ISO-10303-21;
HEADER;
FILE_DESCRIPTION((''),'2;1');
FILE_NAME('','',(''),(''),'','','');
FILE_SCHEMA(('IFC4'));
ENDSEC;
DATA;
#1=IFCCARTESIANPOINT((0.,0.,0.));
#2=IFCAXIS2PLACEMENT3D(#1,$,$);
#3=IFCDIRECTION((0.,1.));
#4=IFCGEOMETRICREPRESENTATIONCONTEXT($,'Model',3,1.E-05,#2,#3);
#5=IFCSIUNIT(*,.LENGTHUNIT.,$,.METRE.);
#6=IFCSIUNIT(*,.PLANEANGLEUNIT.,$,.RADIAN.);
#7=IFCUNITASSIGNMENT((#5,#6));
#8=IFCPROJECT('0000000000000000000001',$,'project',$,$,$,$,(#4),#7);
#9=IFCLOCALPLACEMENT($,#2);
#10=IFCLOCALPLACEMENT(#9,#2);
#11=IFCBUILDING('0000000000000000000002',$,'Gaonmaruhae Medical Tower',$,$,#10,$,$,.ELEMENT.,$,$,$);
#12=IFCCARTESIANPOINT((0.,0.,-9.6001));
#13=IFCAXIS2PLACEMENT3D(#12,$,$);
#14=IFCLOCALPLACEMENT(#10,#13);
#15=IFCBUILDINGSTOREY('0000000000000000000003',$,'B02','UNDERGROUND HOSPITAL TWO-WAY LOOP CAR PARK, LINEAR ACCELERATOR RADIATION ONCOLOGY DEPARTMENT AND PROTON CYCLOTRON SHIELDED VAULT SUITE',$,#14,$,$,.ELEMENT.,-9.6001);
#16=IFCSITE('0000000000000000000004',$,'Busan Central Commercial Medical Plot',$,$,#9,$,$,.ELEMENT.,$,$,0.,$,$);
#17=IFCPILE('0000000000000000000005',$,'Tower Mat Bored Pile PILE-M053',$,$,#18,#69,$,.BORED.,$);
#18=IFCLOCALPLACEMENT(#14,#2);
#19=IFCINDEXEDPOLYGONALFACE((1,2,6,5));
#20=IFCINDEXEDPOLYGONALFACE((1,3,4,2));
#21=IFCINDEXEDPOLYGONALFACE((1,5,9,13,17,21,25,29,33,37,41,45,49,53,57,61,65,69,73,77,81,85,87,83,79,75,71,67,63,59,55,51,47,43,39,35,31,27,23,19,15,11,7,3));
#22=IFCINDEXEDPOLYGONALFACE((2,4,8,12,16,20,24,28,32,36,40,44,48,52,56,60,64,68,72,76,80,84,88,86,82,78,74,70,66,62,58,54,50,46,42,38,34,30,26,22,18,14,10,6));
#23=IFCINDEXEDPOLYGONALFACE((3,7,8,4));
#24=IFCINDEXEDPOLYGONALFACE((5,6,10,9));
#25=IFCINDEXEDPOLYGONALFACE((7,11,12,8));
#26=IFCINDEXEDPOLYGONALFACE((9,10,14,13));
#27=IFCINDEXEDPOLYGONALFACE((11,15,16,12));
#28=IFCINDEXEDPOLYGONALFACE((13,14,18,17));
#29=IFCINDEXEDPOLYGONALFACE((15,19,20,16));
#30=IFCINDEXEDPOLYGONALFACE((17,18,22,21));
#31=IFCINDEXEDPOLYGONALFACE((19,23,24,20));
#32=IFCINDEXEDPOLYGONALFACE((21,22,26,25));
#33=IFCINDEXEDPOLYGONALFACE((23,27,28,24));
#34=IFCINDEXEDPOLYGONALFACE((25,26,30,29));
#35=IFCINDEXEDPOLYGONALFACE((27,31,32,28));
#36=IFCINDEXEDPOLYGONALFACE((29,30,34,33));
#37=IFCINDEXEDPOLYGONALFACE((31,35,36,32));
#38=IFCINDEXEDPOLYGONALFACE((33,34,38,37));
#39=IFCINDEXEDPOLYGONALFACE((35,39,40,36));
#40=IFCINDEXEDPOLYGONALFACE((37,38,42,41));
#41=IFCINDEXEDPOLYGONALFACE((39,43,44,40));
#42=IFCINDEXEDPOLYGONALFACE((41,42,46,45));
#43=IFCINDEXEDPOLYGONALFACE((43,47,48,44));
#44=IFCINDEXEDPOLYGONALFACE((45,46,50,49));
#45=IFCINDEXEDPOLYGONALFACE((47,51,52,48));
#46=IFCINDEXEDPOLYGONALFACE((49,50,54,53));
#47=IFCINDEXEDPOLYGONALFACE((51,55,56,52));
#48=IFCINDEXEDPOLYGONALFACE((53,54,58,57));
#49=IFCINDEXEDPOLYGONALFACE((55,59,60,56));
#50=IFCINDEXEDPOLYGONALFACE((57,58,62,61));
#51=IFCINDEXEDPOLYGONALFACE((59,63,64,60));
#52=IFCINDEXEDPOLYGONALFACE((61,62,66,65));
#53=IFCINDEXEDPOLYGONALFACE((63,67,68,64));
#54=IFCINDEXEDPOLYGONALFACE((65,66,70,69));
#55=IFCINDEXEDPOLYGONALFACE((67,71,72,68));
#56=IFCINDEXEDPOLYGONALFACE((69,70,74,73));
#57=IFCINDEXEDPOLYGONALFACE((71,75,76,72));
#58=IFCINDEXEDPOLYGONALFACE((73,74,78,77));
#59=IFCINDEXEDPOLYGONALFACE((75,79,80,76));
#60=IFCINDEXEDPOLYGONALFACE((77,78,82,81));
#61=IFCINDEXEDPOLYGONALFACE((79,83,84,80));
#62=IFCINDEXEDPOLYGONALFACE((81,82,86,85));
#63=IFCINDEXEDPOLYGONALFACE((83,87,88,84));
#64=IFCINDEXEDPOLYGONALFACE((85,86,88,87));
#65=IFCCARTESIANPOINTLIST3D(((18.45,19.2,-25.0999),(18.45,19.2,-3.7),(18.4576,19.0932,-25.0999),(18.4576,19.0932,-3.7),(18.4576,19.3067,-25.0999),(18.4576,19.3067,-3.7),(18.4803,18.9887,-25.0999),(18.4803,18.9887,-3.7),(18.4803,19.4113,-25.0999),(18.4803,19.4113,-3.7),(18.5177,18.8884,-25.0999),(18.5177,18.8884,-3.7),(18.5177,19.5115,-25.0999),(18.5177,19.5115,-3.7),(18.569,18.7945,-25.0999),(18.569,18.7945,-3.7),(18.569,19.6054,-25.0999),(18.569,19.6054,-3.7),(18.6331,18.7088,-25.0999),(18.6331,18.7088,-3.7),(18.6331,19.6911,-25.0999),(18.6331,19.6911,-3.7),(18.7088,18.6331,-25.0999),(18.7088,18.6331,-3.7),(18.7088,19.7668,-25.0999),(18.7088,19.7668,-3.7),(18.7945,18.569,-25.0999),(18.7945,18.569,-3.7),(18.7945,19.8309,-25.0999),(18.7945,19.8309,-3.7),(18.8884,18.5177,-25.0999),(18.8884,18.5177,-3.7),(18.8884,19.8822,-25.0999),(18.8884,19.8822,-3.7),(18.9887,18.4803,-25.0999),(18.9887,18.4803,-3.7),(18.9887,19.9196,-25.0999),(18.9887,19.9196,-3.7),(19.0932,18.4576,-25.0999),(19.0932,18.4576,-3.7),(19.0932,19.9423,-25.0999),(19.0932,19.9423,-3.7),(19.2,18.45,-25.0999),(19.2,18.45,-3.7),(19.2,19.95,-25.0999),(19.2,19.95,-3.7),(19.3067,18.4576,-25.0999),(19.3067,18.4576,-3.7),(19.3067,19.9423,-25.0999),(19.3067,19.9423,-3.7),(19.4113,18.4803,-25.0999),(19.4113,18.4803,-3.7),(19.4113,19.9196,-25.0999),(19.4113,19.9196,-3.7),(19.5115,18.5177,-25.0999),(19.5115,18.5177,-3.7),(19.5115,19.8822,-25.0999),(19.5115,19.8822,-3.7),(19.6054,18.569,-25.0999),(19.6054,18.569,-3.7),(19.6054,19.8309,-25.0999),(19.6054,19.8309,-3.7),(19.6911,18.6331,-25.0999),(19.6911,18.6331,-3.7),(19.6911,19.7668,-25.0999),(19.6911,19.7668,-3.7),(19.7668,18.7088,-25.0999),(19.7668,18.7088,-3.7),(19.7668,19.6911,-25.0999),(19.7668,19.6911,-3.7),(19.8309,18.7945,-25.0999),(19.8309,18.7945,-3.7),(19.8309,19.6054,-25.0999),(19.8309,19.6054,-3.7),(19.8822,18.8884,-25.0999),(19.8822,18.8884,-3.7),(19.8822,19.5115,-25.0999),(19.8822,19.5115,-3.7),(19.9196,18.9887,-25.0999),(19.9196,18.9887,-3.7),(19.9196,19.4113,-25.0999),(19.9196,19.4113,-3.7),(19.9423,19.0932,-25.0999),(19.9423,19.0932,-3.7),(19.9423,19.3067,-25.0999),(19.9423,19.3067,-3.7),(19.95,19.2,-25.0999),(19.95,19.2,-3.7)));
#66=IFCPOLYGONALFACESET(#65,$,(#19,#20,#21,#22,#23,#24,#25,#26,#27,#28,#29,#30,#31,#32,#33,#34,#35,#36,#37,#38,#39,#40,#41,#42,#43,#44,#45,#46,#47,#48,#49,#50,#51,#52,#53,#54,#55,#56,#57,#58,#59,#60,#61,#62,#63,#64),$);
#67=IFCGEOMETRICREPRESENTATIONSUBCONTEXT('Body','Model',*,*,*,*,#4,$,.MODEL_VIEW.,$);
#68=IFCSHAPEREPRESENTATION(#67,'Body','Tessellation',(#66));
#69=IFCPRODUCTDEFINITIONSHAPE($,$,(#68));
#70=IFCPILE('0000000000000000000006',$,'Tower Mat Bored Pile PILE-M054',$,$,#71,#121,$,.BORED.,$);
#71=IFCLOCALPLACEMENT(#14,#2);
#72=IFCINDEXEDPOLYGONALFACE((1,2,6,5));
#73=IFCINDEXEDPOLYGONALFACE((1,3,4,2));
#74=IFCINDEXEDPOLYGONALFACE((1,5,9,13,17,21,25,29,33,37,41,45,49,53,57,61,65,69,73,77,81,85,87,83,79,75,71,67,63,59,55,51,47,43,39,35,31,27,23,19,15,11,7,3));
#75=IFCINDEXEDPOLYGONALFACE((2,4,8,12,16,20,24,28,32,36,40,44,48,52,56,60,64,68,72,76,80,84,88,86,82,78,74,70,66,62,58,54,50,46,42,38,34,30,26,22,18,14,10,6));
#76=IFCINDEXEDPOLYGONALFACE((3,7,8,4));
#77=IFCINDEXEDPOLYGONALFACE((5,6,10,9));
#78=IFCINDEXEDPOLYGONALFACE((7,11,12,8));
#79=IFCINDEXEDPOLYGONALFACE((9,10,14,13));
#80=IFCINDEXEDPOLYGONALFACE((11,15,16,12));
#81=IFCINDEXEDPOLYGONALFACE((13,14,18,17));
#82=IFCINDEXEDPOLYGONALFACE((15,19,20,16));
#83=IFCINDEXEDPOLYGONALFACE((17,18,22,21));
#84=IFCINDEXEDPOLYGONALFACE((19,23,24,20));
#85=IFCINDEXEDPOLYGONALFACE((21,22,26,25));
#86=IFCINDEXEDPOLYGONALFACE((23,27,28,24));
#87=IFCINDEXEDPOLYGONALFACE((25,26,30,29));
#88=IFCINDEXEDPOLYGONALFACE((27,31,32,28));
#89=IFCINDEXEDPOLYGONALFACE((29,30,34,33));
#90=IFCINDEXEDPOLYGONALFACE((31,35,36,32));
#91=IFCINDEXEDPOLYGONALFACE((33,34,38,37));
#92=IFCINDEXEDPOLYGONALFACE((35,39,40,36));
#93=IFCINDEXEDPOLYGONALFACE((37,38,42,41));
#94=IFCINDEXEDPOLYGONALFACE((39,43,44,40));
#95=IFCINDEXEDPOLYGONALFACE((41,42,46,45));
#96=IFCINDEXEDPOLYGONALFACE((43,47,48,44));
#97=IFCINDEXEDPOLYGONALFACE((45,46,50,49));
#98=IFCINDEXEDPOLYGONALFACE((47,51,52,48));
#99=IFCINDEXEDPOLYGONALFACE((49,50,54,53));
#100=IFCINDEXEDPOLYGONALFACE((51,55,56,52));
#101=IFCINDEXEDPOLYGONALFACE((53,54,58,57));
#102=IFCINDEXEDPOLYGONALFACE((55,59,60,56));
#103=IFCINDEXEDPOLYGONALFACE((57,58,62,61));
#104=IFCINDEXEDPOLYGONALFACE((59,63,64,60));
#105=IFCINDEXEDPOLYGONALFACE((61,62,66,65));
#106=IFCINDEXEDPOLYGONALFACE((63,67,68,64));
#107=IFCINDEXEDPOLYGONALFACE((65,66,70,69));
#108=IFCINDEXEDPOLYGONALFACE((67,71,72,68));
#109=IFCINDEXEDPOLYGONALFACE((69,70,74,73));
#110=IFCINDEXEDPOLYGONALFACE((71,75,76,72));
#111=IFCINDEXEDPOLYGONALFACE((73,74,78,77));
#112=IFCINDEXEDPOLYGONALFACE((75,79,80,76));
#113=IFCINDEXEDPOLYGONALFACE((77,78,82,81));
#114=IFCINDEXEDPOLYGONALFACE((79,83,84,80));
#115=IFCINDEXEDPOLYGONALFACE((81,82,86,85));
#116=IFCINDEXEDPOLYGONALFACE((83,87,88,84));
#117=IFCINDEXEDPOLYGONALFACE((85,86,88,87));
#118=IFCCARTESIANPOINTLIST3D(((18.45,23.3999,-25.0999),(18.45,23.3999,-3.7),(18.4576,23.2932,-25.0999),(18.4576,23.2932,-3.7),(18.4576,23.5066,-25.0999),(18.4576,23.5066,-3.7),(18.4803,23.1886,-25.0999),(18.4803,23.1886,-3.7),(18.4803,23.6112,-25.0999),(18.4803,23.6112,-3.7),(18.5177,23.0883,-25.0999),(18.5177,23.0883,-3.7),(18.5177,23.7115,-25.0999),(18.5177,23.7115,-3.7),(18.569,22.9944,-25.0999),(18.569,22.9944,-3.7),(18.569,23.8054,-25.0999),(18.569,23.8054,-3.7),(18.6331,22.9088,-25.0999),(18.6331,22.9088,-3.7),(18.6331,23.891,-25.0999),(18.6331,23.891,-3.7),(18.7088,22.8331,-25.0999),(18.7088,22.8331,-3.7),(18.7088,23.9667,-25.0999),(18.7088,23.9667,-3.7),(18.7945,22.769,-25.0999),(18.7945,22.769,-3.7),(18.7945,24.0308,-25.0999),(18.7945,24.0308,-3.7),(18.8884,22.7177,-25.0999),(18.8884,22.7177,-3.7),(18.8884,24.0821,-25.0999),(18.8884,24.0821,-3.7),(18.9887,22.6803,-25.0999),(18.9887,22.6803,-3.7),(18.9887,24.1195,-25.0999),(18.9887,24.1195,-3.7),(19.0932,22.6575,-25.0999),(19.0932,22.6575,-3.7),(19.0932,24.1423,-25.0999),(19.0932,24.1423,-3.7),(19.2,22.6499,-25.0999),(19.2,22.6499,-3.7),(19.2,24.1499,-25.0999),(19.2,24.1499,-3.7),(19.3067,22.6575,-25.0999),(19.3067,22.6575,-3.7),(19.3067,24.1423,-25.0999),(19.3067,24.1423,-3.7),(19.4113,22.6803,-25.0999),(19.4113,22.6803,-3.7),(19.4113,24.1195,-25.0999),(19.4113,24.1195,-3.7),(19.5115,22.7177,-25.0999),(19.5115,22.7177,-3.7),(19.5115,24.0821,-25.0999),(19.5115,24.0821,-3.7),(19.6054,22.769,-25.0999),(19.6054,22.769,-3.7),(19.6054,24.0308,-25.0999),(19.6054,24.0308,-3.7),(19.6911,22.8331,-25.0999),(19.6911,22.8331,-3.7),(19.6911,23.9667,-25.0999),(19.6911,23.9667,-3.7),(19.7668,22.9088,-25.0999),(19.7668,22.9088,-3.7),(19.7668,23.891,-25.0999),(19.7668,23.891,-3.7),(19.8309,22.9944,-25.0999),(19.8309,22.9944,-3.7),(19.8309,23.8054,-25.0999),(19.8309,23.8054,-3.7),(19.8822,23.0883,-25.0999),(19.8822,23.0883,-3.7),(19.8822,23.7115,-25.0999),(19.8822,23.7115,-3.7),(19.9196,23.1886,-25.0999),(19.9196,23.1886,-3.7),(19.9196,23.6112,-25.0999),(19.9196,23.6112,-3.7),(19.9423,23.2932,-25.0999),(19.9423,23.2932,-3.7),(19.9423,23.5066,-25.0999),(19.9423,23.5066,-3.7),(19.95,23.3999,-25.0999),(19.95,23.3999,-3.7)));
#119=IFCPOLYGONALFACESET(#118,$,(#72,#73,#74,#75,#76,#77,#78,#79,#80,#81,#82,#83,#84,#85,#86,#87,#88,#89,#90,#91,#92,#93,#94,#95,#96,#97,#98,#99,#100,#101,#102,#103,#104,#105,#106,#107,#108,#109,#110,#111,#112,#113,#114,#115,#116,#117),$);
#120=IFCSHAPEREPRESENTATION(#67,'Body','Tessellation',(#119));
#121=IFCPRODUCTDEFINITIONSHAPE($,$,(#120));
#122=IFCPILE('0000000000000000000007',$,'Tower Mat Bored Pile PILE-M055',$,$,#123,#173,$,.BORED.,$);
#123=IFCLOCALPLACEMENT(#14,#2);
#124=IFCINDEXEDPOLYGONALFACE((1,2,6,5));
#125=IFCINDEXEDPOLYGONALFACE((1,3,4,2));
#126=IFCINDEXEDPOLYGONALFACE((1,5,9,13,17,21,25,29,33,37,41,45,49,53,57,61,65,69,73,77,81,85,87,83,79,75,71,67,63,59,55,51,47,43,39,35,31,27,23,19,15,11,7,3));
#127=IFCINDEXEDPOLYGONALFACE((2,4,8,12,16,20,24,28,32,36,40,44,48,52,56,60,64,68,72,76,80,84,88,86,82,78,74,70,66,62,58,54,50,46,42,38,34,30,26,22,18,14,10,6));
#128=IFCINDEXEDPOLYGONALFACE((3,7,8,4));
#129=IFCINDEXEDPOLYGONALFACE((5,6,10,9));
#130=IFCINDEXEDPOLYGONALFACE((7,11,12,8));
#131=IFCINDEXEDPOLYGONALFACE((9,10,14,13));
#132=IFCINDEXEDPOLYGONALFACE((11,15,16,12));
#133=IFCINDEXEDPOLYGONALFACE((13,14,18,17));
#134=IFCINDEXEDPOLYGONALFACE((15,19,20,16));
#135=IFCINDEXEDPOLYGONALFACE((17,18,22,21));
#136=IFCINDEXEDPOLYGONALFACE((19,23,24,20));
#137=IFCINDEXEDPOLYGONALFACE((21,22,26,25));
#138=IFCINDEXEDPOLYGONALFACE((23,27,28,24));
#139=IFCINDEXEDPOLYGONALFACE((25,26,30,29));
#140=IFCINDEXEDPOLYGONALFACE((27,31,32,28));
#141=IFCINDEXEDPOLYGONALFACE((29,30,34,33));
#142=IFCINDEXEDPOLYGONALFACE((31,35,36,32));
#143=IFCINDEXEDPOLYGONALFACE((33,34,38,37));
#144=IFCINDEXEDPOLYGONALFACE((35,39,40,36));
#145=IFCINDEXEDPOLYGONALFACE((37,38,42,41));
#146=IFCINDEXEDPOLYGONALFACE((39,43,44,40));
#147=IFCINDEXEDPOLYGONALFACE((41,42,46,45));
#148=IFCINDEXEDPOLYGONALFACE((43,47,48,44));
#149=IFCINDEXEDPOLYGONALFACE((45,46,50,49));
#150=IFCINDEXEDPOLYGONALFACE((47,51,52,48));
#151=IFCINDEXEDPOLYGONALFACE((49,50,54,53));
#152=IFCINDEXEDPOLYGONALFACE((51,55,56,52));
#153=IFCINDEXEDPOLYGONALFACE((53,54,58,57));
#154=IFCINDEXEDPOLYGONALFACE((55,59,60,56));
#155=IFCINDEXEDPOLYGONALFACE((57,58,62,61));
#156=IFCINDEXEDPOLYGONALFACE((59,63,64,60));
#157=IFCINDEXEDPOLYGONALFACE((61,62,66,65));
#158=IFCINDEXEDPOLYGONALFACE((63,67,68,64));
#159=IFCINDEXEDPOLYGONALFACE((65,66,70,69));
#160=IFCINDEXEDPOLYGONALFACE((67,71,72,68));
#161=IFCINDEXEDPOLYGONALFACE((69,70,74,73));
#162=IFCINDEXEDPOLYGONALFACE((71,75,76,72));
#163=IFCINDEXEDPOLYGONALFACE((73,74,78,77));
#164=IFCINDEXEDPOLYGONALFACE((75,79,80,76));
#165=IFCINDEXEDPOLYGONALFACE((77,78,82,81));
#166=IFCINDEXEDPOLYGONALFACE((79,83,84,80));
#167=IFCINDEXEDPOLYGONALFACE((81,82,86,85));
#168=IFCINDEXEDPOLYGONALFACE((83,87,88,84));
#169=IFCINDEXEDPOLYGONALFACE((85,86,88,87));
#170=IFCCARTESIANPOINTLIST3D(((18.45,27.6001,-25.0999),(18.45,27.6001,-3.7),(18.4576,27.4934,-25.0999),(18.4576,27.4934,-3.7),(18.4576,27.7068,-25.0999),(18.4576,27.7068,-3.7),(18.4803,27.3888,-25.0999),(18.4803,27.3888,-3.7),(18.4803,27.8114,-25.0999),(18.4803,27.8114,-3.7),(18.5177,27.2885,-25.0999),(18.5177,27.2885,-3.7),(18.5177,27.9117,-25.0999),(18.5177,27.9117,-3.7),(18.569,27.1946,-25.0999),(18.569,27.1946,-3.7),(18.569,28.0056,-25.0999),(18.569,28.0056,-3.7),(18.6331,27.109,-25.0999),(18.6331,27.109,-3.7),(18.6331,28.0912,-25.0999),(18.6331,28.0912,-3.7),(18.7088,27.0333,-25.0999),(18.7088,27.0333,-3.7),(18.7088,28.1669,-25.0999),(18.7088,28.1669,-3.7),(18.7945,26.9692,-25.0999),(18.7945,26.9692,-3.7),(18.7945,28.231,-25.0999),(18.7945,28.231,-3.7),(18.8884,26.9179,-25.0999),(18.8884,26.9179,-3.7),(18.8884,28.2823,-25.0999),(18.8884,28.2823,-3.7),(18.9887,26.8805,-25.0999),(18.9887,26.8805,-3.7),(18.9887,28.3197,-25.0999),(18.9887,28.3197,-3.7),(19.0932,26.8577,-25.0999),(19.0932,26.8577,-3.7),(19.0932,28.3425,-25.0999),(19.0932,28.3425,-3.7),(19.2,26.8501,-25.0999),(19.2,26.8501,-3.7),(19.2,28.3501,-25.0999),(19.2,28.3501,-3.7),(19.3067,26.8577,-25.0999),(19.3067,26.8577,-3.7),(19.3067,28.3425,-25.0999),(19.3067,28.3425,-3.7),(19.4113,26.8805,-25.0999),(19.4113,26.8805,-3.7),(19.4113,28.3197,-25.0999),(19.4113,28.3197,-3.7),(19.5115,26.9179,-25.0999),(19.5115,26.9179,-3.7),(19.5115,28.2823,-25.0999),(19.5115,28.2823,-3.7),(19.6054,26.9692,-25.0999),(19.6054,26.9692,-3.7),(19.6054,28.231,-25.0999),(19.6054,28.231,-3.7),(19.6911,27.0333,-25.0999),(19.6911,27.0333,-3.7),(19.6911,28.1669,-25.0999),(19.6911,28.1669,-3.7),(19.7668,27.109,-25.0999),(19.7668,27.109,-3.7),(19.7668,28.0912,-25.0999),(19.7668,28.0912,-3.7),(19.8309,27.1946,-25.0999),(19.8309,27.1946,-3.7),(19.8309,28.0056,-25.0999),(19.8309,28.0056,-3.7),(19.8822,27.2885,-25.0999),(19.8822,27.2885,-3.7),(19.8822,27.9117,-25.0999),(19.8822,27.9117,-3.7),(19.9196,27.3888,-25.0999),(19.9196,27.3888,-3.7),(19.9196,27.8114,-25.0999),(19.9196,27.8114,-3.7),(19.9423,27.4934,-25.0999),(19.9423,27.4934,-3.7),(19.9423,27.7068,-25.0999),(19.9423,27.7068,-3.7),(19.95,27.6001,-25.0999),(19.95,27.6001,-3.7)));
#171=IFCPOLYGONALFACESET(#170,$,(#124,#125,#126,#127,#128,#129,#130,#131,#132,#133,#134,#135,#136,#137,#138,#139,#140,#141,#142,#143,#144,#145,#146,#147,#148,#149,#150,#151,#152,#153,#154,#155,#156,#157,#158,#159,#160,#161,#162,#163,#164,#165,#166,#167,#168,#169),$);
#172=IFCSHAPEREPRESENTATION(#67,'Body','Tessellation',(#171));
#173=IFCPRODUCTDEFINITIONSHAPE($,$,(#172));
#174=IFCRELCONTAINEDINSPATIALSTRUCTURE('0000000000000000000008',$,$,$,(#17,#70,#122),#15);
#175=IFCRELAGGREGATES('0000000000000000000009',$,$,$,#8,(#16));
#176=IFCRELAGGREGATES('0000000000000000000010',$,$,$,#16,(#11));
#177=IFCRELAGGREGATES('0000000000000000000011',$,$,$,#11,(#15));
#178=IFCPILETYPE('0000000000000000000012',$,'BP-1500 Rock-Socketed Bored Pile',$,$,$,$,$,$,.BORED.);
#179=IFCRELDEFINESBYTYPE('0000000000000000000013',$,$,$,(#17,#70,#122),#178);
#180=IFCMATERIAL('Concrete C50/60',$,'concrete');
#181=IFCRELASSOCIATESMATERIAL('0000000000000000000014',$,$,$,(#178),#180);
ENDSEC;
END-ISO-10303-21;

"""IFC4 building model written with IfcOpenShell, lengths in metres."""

from ifc_helpers import new_model, si_unit, direction, frame, origin, origin_2d, place, context, subcontext, project, spatial, circle, extrude, material, material_profile, profile_set, type_object, element, save


model = new_model("IFC4")

# Units and contexts
model_context = context("Model", 3, precision=1e-05, world=origin(), true_north=direction((0.0, 1.0)))
body_context = subcontext(model_context, "Body", "Model", "MODEL_VIEW")
ifc_project = project(units=[si_unit("LENGTHUNIT", "METRE"), si_unit("PLANEANGLEUNIT", "RADIAN")], contexts=[model_context])

# Site, building, storey
site_placement = place(None, origin())
site = spatial("IfcSite", under=ifc_project, at=site_placement, Name="Busan Central Commercial Medical Plot", CompositionType="ELEMENT", RefElevation=0.0)
building_placement = place(site_placement, origin())
building = spatial("IfcBuilding", under=site, at=building_placement, Name="Gaonmaruhae Medical Tower", CompositionType="ELEMENT")
storey_placement = place(building_placement, frame((0.0, 0.0, -9.6001)))
storey = spatial("IfcBuildingStorey", under=building, at=storey_placement, Name="B02", Description="UNDERGROUND HOSPITAL TWO-WAY LOOP CAR PARK, LINEAR ACCELERATOR RADIATION ONCOLOGY DEPARTMENT AND PROTON CYCLOTRON SHIELDED VAULT SUITE", CompositionType="ELEMENT", Elevation=-9.6001)

# Piles
ifc_material_1 = material(Name="Concrete C50/60", Category="concrete")
ifc_material_profile_1 = material_profile(ifc_material_1, circle(Radius=0.75, at=origin_2d()), Name="PILE-D1500")
ifc_profile_set_1 = profile_set([ifc_material_profile_1], Name="Concrete C50/60")
pile_type = type_object("IfcPileType", Name="BP-1500 Rock-Socketed Bored Pile", PredefinedType="BORED", material=ifc_profile_set_1)
for number, where, z_axis, x_axis, name in (
    (1, (19.2, 19.2, -3.7), (0.0, 0.0, -1.0), (1.0, 0.0, 0.0), "Tower Mat Bored Pile PILE-M053"),
    (2, (19.2, 23.3999, -3.7), (0.0, 0.0, -1.0), (1.0, 0.0, 0.0), "Tower Mat Bored Pile PILE-M054"),
    (3, (19.2, 27.6001, -3.7), (0.0, 0.0, -1.0), (1.0, 0.0, 0.0), "Tower Mat Bored Pile PILE-M055"),
):
    element("IfcPile", number, at=place(storey_placement, frame(where, z_axis=z_axis, x_axis=x_axis)), inside=storey, type_object=pile_type, Name=name, PredefinedType="BORED", context=body_context, shape_type="SweptSolid", body=[
        extrude(circle(Radius=0.75, at=origin_2d()), origin(), (0.0, 0.0, 1.0), 21.3999),
    ])

save(model, "model.ifc")
